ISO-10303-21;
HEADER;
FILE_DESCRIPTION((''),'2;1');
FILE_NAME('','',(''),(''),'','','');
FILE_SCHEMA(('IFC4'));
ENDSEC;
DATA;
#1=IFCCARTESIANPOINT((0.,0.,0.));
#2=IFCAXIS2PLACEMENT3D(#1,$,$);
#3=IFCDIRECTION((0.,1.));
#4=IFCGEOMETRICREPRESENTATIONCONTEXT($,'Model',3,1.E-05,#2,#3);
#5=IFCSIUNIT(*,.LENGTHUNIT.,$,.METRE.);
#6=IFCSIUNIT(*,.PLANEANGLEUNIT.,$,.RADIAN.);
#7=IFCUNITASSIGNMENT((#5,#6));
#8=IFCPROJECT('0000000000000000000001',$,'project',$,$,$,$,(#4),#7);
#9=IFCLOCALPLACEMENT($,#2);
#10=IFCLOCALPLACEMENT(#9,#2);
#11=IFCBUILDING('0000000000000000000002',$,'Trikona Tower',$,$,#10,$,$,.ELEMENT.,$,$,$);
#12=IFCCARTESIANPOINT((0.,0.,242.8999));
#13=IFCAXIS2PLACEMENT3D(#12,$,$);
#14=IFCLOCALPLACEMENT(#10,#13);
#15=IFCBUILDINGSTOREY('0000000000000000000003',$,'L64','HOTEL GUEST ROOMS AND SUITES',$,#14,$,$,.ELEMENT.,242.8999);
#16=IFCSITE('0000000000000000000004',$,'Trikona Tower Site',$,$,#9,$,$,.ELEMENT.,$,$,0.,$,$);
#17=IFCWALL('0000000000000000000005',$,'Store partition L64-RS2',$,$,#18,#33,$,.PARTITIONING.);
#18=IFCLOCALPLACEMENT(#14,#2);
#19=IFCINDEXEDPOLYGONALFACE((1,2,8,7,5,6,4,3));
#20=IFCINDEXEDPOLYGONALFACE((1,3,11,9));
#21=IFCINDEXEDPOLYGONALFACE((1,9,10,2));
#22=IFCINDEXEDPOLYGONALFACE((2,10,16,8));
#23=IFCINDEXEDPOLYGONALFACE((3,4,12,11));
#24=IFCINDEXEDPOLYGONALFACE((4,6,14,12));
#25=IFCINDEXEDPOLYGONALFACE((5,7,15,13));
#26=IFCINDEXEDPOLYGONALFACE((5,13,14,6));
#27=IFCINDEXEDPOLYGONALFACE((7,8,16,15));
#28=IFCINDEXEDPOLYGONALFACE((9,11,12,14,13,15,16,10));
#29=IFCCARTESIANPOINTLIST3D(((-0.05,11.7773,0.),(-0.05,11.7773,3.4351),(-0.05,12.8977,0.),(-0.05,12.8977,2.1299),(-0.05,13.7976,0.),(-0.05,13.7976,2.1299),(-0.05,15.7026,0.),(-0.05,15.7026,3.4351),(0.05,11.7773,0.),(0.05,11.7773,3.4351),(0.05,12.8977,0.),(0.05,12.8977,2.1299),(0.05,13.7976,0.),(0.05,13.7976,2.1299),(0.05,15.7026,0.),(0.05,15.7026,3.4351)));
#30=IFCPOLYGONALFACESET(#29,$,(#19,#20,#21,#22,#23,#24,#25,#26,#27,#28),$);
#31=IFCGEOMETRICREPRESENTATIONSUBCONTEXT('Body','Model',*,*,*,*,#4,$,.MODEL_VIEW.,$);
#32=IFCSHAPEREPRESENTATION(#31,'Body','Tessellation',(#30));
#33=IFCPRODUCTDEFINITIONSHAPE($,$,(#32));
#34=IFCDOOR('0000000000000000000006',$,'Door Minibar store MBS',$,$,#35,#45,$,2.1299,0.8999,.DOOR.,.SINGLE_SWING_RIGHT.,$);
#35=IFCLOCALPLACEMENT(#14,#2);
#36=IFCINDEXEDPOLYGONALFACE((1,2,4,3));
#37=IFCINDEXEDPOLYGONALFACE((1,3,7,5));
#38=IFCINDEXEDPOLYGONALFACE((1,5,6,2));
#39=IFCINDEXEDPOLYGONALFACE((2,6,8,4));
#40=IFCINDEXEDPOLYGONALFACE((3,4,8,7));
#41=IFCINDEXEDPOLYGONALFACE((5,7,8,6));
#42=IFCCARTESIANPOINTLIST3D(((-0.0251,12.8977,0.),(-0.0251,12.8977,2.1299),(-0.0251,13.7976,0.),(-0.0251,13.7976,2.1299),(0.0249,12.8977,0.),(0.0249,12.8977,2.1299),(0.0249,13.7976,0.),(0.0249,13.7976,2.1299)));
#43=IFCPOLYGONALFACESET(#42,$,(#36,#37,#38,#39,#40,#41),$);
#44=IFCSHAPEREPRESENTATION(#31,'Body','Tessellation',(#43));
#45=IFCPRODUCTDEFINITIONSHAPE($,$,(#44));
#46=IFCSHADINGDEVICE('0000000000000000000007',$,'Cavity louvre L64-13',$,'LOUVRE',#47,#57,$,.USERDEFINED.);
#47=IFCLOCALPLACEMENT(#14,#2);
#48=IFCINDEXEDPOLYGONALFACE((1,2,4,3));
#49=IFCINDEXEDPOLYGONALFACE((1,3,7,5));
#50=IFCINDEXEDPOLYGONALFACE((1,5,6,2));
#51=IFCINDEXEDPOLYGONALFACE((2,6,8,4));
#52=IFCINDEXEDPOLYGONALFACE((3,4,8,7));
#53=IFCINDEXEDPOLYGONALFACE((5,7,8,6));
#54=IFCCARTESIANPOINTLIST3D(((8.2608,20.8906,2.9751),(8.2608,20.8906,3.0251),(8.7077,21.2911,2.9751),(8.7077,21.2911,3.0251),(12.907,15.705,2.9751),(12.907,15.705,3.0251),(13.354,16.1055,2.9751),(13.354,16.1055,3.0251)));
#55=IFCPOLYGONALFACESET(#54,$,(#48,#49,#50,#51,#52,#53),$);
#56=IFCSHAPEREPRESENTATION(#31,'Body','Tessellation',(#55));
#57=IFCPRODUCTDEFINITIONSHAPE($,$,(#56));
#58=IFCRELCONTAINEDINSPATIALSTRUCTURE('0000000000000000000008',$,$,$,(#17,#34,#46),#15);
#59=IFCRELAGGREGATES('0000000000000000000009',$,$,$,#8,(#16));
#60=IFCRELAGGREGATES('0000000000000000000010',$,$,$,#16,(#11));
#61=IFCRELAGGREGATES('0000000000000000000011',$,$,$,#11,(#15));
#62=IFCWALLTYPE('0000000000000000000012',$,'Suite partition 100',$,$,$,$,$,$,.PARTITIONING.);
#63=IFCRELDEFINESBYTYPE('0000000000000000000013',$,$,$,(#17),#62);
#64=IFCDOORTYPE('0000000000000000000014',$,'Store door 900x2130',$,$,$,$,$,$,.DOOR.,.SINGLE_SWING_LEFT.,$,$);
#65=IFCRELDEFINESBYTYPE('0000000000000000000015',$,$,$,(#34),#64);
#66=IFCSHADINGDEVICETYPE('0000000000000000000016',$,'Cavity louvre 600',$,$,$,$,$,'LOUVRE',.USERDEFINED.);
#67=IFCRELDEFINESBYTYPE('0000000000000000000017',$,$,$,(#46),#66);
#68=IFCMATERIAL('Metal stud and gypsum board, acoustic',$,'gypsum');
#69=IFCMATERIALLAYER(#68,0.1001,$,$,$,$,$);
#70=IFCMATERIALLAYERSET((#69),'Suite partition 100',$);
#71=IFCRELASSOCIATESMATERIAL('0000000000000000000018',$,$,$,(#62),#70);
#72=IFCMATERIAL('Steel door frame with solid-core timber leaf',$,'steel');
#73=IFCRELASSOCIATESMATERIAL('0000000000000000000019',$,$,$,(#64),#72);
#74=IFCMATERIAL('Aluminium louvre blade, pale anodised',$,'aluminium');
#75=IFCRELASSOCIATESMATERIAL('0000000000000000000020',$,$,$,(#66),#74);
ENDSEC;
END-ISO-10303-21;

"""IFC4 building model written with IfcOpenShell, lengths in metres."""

from ifc_helpers import new_model, si_unit, direction, frame, frame_2d, origin, origin_2d, place, context, subcontext, project, spatial, rectangle, extrude, material, layer, layer_set, type_object, element, fill, save


model = new_model("IFC4")

# Units and contexts
model_context = context("Model", 3, precision=1e-05, world=origin(), true_north=direction((0.0, 1.0)))
body_context = subcontext(model_context, "Body", "Model", "MODEL_VIEW")
ifc_project = project(units=[si_unit("LENGTHUNIT", "METRE"), si_unit("PLANEANGLEUNIT", "RADIAN")], contexts=[model_context])

# Site, building, storey
site_placement = place(None, origin())
site = spatial("IfcSite", under=ifc_project, at=site_placement, Name="Trikona Tower Site", CompositionType="ELEMENT", RefElevation=0.0)
building_placement = place(site_placement, origin())
building = spatial("IfcBuilding", under=site, at=building_placement, Name="Trikona Tower", CompositionType="ELEMENT")
storey_placement = place(building_placement, frame((0.0, 0.0, 242.8999)))
storey = spatial("IfcBuildingStorey", under=building, at=storey_placement, Name="L64", Description="HOTEL GUEST ROOMS AND SUITES", CompositionType="ELEMENT", Elevation=242.8999)

# Wall, opening, door
ifc_material_1 = material(Name="Metal stud and gypsum board, acoustic", Category="gypsum")
ifc_layer_1 = layer(ifc_material_1, 0.1001)
ifc_layer_set_1 = layer_set([ifc_layer_1], Name="Suite partition 100")
wall_type_1 = type_object("IfcWallType", Name="Suite partition 100", PredefinedType="PARTITIONING", material=ifc_layer_set_1)
wall_1_placement = place(storey_placement, frame((0.0, 15.7026, 0.0), z_axis=(0.0, 0.0, 1.0), x_axis=(0.0, -1.0, 0.0)))
wall_1 = element("IfcWall", 1, at=wall_1_placement, inside=storey, type_object=wall_type_1, Name="Store partition L64-RS2", PredefinedType="PARTITIONING", context=body_context, shape_type="SweptSolid", body=[
    extrude(rectangle(XDim=3.9253, YDim=0.1001, at=frame_2d((1.9626, 0.0))), origin(), (0.0, 0.0, 1.0), 3.4351),
])
opening_1_placement = place(wall_1_placement, frame((1.905, 0.0, 0.0)))
opening_1 = element("IfcOpeningElement", 2, at=opening_1_placement, cuts=wall_1, PredefinedType="OPENING", context=body_context, shape_type="SweptSolid", body=[
    extrude(rectangle(XDim=0.8999, YDim=2.1299, at=frame_2d((0.45, 1.0649))), frame((0.0, 0.0601, 0.0), z_axis=(0.0, -1.0, 0.0), x_axis=(1.0, 0.0, 0.0)), (0.0, 0.0, 1.0), 0.1201),
])
ifc_material_2 = material(Name="Steel door frame with solid-core timber leaf", Category="steel")
door_type_1 = type_object("IfcDoorType", Name="Store door 900x2130", OperationType="SINGLE_SWING_LEFT", PredefinedType="DOOR", material=ifc_material_2)
door_1_placement = place(opening_1_placement, origin())
door_1 = element("IfcDoor", 3, at=door_1_placement, inside=storey, type_object=door_type_1, Name="Door Minibar store MBS", OperationType="SINGLE_SWING_RIGHT", OverallHeight=2.1299, OverallWidth=0.8999, PredefinedType="DOOR", context=body_context, shape_type="SweptSolid", body=[
    extrude(rectangle(XDim=0.8999, YDim=2.1299, at=frame_2d((0.45, 1.0649))), frame((0.0, 0.0249, 0.0), z_axis=(0.0, -1.0, 0.0), x_axis=(1.0, 0.0, 0.0)), (0.0, 0.0, 1.0), 0.05),
])
fill(opening_1, door_1)

# Shading device
ifc_material_3 = material(Name="Aluminium louvre blade, pale anodised", Category="aluminium")
shading_device_type = type_object("IfcShadingDeviceType", Name="Cavity louvre 600", ElementType="LOUVRE", PredefinedType="USERDEFINED", material=ifc_material_3)
shading_device_placement = place(storey_placement, frame((10.8074, 18.498, 2.9751), z_axis=(0.0, 0.0, 1.0), x_axis=(-0.667311, 0.744779, 0.0)))
element("IfcShadingDevice", 4, at=shading_device_placement, inside=storey, type_object=shading_device_type, Name="Cavity louvre L64-13", ObjectType="LOUVRE", PredefinedType="USERDEFINED", context=body_context, shape_type="SweptSolid", body=[
    extrude(rectangle(XDim=6.9626, YDim=0.6001, at=origin_2d()), origin(), (0.0, 0.0, 1.0), 0.05),
])

save(model, "model.ifc")
